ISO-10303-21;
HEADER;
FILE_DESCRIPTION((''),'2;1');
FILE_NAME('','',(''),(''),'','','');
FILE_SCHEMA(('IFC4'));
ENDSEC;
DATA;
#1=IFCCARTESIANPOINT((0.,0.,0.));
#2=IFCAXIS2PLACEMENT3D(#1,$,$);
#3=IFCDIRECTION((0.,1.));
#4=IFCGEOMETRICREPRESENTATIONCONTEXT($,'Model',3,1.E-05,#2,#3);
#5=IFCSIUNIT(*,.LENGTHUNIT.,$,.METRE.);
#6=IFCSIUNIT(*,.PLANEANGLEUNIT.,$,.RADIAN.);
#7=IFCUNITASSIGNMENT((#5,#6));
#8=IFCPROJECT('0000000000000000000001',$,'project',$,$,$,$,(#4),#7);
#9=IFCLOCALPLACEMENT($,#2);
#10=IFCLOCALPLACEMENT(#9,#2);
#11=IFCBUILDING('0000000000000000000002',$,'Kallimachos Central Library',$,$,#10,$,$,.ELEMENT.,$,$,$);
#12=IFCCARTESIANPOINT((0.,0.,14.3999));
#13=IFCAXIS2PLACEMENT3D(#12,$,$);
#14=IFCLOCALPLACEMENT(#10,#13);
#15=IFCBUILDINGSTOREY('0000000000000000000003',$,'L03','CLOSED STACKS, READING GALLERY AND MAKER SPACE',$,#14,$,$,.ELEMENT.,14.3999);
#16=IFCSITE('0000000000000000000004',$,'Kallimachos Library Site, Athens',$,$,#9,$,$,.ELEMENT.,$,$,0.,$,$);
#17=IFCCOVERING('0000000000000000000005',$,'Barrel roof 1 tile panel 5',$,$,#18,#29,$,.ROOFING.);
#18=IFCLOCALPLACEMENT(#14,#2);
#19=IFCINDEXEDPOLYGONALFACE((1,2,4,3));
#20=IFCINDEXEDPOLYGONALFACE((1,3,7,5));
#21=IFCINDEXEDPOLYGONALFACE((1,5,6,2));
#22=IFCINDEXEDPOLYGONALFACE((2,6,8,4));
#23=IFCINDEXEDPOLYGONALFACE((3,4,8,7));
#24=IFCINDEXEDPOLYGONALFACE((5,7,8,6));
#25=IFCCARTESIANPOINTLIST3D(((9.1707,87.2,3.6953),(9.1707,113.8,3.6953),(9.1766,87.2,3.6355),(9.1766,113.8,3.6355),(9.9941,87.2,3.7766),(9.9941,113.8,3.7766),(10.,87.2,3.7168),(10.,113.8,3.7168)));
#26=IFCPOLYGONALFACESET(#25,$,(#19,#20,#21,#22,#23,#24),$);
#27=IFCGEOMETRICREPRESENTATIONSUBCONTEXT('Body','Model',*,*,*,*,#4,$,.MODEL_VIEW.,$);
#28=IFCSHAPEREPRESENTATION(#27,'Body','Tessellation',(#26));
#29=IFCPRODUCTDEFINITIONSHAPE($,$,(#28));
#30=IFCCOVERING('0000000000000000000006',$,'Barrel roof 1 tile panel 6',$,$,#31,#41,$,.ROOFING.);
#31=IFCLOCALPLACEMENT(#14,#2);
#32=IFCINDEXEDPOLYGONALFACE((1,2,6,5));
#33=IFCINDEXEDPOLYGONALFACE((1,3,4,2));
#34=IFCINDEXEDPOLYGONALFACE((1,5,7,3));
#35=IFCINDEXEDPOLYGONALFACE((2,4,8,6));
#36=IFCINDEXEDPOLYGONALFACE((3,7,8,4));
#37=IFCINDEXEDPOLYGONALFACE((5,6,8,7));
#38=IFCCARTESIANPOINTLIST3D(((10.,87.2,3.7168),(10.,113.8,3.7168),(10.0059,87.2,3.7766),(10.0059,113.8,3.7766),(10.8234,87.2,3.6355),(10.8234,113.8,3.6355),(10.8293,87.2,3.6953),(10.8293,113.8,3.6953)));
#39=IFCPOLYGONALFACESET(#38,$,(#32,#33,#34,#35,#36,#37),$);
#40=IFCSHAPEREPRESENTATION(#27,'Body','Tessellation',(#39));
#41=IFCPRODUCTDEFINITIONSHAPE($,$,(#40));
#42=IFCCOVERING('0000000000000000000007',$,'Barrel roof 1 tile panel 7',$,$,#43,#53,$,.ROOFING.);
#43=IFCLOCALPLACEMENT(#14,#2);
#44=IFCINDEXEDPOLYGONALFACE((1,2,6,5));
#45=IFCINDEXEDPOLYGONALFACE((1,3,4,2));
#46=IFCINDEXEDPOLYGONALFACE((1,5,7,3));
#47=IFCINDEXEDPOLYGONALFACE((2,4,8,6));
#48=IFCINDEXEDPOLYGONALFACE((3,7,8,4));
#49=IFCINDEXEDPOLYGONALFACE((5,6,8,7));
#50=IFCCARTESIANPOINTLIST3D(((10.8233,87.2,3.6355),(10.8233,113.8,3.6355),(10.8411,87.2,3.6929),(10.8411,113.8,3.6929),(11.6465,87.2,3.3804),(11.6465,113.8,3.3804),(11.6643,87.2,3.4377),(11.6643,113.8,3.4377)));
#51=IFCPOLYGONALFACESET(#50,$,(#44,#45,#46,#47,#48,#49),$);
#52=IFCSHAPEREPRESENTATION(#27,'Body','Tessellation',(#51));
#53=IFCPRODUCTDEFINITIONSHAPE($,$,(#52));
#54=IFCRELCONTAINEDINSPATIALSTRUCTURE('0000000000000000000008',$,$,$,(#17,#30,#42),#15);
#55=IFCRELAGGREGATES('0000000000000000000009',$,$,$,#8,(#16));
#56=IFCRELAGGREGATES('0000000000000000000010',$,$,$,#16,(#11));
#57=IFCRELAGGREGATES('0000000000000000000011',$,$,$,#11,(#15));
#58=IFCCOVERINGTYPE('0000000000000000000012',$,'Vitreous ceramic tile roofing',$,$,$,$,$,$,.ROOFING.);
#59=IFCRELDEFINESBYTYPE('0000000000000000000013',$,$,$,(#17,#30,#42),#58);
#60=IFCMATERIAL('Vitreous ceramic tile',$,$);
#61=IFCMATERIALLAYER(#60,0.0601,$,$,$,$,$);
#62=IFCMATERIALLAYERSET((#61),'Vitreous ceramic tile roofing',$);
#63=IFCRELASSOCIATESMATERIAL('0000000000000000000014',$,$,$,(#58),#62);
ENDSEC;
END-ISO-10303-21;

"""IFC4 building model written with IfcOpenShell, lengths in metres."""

from ifc_helpers import new_model, si_unit, direction, frame, origin, place, context, subcontext, project, spatial, polyline, outline, extrude, material, layer, layer_set, type_object, element, save


model = new_model("IFC4")

# Units and contexts
model_context = context("Model", 3, precision=1e-05, world=origin(), true_north=direction((0.0, 1.0)))
body_context = subcontext(model_context, "Body", "Model", "MODEL_VIEW")
ifc_project = project(units=[si_unit("LENGTHUNIT", "METRE"), si_unit("PLANEANGLEUNIT", "RADIAN")], contexts=[model_context])

# Site, building, storey
site_placement = place(None, origin())
site = spatial("IfcSite", under=ifc_project, at=site_placement, Name="Kallimachos Library Site, Athens", CompositionType="ELEMENT", RefElevation=0.0)
building_placement = place(site_placement, origin())
building = spatial("IfcBuilding", under=site, at=building_placement, Name="Kallimachos Central Library", CompositionType="ELEMENT")
storey_placement = place(building_placement, frame((0.0, 0.0, 14.3999)))
storey = spatial("IfcBuildingStorey", under=building, at=storey_placement, Name="L03", Description="CLOSED STACKS, READING GALLERY AND MAKER SPACE", CompositionType="ELEMENT", Elevation=14.3999)

# Coverings
ifc_material_1 = material(Name="Vitreous ceramic tile")
ifc_layer_1 = layer(ifc_material_1, 0.0601)
ifc_layer_set_1 = layer_set([ifc_layer_1], Name="Vitreous ceramic tile roofing")
covering_type_1 = type_object("IfcCoveringType", Name="Vitreous ceramic tile roofing", PredefinedType="ROOFING", material=ifc_layer_set_1)
for number, where, z_axis, x_axis, name in (
    (1, (9.1707, 87.2, 3.6953), (-0.098248, 0.0, 0.995162), (0.995162, 0.0, 0.098248), "Barrel roof 1 tile panel 5"),
    (2, (10.0059, 87.2, 3.7766), (0.098248, 0.0, 0.995162), (0.995162, 0.0, -0.098248), "Barrel roof 1 tile panel 6"),
):
    element("IfcCovering", number, at=place(storey_placement, frame(where, z_axis=z_axis, x_axis=x_axis)), inside=storey, type_object=covering_type_1, Name=name, PredefinedType="ROOFING", context=body_context, shape_type="SweptSolid", body=[
        extrude(outline(polyline([(0.0, 0.0), (0.8275, 0.0), (0.8275, 26.6001), (0.0, 26.6001), (0.0, 0.0)])), origin(), (0.0, 0.0, -1.0), 0.0601),
    ])
covering_1_placement = place(storey_placement, frame((10.8411, 87.2, 3.6929), z_axis=(0.296016, 0.0, 0.955183), x_axis=(0.955183, 0.0, -0.296016)))
element("IfcCovering", 3, at=covering_1_placement, inside=storey, type_object=covering_type_1, Name="Barrel roof 1 tile panel 7", PredefinedType="ROOFING", context=body_context, shape_type="SweptSolid", body=[
    extrude(outline(polyline([(0.0, 0.0), (0.8619, 0.0), (0.8619, 26.6001), (0.0, 26.6001), (0.0, 0.0)])), origin(), (0.0, 0.0, -1.0), 0.0601),
])

save(model, "model.ifc")
